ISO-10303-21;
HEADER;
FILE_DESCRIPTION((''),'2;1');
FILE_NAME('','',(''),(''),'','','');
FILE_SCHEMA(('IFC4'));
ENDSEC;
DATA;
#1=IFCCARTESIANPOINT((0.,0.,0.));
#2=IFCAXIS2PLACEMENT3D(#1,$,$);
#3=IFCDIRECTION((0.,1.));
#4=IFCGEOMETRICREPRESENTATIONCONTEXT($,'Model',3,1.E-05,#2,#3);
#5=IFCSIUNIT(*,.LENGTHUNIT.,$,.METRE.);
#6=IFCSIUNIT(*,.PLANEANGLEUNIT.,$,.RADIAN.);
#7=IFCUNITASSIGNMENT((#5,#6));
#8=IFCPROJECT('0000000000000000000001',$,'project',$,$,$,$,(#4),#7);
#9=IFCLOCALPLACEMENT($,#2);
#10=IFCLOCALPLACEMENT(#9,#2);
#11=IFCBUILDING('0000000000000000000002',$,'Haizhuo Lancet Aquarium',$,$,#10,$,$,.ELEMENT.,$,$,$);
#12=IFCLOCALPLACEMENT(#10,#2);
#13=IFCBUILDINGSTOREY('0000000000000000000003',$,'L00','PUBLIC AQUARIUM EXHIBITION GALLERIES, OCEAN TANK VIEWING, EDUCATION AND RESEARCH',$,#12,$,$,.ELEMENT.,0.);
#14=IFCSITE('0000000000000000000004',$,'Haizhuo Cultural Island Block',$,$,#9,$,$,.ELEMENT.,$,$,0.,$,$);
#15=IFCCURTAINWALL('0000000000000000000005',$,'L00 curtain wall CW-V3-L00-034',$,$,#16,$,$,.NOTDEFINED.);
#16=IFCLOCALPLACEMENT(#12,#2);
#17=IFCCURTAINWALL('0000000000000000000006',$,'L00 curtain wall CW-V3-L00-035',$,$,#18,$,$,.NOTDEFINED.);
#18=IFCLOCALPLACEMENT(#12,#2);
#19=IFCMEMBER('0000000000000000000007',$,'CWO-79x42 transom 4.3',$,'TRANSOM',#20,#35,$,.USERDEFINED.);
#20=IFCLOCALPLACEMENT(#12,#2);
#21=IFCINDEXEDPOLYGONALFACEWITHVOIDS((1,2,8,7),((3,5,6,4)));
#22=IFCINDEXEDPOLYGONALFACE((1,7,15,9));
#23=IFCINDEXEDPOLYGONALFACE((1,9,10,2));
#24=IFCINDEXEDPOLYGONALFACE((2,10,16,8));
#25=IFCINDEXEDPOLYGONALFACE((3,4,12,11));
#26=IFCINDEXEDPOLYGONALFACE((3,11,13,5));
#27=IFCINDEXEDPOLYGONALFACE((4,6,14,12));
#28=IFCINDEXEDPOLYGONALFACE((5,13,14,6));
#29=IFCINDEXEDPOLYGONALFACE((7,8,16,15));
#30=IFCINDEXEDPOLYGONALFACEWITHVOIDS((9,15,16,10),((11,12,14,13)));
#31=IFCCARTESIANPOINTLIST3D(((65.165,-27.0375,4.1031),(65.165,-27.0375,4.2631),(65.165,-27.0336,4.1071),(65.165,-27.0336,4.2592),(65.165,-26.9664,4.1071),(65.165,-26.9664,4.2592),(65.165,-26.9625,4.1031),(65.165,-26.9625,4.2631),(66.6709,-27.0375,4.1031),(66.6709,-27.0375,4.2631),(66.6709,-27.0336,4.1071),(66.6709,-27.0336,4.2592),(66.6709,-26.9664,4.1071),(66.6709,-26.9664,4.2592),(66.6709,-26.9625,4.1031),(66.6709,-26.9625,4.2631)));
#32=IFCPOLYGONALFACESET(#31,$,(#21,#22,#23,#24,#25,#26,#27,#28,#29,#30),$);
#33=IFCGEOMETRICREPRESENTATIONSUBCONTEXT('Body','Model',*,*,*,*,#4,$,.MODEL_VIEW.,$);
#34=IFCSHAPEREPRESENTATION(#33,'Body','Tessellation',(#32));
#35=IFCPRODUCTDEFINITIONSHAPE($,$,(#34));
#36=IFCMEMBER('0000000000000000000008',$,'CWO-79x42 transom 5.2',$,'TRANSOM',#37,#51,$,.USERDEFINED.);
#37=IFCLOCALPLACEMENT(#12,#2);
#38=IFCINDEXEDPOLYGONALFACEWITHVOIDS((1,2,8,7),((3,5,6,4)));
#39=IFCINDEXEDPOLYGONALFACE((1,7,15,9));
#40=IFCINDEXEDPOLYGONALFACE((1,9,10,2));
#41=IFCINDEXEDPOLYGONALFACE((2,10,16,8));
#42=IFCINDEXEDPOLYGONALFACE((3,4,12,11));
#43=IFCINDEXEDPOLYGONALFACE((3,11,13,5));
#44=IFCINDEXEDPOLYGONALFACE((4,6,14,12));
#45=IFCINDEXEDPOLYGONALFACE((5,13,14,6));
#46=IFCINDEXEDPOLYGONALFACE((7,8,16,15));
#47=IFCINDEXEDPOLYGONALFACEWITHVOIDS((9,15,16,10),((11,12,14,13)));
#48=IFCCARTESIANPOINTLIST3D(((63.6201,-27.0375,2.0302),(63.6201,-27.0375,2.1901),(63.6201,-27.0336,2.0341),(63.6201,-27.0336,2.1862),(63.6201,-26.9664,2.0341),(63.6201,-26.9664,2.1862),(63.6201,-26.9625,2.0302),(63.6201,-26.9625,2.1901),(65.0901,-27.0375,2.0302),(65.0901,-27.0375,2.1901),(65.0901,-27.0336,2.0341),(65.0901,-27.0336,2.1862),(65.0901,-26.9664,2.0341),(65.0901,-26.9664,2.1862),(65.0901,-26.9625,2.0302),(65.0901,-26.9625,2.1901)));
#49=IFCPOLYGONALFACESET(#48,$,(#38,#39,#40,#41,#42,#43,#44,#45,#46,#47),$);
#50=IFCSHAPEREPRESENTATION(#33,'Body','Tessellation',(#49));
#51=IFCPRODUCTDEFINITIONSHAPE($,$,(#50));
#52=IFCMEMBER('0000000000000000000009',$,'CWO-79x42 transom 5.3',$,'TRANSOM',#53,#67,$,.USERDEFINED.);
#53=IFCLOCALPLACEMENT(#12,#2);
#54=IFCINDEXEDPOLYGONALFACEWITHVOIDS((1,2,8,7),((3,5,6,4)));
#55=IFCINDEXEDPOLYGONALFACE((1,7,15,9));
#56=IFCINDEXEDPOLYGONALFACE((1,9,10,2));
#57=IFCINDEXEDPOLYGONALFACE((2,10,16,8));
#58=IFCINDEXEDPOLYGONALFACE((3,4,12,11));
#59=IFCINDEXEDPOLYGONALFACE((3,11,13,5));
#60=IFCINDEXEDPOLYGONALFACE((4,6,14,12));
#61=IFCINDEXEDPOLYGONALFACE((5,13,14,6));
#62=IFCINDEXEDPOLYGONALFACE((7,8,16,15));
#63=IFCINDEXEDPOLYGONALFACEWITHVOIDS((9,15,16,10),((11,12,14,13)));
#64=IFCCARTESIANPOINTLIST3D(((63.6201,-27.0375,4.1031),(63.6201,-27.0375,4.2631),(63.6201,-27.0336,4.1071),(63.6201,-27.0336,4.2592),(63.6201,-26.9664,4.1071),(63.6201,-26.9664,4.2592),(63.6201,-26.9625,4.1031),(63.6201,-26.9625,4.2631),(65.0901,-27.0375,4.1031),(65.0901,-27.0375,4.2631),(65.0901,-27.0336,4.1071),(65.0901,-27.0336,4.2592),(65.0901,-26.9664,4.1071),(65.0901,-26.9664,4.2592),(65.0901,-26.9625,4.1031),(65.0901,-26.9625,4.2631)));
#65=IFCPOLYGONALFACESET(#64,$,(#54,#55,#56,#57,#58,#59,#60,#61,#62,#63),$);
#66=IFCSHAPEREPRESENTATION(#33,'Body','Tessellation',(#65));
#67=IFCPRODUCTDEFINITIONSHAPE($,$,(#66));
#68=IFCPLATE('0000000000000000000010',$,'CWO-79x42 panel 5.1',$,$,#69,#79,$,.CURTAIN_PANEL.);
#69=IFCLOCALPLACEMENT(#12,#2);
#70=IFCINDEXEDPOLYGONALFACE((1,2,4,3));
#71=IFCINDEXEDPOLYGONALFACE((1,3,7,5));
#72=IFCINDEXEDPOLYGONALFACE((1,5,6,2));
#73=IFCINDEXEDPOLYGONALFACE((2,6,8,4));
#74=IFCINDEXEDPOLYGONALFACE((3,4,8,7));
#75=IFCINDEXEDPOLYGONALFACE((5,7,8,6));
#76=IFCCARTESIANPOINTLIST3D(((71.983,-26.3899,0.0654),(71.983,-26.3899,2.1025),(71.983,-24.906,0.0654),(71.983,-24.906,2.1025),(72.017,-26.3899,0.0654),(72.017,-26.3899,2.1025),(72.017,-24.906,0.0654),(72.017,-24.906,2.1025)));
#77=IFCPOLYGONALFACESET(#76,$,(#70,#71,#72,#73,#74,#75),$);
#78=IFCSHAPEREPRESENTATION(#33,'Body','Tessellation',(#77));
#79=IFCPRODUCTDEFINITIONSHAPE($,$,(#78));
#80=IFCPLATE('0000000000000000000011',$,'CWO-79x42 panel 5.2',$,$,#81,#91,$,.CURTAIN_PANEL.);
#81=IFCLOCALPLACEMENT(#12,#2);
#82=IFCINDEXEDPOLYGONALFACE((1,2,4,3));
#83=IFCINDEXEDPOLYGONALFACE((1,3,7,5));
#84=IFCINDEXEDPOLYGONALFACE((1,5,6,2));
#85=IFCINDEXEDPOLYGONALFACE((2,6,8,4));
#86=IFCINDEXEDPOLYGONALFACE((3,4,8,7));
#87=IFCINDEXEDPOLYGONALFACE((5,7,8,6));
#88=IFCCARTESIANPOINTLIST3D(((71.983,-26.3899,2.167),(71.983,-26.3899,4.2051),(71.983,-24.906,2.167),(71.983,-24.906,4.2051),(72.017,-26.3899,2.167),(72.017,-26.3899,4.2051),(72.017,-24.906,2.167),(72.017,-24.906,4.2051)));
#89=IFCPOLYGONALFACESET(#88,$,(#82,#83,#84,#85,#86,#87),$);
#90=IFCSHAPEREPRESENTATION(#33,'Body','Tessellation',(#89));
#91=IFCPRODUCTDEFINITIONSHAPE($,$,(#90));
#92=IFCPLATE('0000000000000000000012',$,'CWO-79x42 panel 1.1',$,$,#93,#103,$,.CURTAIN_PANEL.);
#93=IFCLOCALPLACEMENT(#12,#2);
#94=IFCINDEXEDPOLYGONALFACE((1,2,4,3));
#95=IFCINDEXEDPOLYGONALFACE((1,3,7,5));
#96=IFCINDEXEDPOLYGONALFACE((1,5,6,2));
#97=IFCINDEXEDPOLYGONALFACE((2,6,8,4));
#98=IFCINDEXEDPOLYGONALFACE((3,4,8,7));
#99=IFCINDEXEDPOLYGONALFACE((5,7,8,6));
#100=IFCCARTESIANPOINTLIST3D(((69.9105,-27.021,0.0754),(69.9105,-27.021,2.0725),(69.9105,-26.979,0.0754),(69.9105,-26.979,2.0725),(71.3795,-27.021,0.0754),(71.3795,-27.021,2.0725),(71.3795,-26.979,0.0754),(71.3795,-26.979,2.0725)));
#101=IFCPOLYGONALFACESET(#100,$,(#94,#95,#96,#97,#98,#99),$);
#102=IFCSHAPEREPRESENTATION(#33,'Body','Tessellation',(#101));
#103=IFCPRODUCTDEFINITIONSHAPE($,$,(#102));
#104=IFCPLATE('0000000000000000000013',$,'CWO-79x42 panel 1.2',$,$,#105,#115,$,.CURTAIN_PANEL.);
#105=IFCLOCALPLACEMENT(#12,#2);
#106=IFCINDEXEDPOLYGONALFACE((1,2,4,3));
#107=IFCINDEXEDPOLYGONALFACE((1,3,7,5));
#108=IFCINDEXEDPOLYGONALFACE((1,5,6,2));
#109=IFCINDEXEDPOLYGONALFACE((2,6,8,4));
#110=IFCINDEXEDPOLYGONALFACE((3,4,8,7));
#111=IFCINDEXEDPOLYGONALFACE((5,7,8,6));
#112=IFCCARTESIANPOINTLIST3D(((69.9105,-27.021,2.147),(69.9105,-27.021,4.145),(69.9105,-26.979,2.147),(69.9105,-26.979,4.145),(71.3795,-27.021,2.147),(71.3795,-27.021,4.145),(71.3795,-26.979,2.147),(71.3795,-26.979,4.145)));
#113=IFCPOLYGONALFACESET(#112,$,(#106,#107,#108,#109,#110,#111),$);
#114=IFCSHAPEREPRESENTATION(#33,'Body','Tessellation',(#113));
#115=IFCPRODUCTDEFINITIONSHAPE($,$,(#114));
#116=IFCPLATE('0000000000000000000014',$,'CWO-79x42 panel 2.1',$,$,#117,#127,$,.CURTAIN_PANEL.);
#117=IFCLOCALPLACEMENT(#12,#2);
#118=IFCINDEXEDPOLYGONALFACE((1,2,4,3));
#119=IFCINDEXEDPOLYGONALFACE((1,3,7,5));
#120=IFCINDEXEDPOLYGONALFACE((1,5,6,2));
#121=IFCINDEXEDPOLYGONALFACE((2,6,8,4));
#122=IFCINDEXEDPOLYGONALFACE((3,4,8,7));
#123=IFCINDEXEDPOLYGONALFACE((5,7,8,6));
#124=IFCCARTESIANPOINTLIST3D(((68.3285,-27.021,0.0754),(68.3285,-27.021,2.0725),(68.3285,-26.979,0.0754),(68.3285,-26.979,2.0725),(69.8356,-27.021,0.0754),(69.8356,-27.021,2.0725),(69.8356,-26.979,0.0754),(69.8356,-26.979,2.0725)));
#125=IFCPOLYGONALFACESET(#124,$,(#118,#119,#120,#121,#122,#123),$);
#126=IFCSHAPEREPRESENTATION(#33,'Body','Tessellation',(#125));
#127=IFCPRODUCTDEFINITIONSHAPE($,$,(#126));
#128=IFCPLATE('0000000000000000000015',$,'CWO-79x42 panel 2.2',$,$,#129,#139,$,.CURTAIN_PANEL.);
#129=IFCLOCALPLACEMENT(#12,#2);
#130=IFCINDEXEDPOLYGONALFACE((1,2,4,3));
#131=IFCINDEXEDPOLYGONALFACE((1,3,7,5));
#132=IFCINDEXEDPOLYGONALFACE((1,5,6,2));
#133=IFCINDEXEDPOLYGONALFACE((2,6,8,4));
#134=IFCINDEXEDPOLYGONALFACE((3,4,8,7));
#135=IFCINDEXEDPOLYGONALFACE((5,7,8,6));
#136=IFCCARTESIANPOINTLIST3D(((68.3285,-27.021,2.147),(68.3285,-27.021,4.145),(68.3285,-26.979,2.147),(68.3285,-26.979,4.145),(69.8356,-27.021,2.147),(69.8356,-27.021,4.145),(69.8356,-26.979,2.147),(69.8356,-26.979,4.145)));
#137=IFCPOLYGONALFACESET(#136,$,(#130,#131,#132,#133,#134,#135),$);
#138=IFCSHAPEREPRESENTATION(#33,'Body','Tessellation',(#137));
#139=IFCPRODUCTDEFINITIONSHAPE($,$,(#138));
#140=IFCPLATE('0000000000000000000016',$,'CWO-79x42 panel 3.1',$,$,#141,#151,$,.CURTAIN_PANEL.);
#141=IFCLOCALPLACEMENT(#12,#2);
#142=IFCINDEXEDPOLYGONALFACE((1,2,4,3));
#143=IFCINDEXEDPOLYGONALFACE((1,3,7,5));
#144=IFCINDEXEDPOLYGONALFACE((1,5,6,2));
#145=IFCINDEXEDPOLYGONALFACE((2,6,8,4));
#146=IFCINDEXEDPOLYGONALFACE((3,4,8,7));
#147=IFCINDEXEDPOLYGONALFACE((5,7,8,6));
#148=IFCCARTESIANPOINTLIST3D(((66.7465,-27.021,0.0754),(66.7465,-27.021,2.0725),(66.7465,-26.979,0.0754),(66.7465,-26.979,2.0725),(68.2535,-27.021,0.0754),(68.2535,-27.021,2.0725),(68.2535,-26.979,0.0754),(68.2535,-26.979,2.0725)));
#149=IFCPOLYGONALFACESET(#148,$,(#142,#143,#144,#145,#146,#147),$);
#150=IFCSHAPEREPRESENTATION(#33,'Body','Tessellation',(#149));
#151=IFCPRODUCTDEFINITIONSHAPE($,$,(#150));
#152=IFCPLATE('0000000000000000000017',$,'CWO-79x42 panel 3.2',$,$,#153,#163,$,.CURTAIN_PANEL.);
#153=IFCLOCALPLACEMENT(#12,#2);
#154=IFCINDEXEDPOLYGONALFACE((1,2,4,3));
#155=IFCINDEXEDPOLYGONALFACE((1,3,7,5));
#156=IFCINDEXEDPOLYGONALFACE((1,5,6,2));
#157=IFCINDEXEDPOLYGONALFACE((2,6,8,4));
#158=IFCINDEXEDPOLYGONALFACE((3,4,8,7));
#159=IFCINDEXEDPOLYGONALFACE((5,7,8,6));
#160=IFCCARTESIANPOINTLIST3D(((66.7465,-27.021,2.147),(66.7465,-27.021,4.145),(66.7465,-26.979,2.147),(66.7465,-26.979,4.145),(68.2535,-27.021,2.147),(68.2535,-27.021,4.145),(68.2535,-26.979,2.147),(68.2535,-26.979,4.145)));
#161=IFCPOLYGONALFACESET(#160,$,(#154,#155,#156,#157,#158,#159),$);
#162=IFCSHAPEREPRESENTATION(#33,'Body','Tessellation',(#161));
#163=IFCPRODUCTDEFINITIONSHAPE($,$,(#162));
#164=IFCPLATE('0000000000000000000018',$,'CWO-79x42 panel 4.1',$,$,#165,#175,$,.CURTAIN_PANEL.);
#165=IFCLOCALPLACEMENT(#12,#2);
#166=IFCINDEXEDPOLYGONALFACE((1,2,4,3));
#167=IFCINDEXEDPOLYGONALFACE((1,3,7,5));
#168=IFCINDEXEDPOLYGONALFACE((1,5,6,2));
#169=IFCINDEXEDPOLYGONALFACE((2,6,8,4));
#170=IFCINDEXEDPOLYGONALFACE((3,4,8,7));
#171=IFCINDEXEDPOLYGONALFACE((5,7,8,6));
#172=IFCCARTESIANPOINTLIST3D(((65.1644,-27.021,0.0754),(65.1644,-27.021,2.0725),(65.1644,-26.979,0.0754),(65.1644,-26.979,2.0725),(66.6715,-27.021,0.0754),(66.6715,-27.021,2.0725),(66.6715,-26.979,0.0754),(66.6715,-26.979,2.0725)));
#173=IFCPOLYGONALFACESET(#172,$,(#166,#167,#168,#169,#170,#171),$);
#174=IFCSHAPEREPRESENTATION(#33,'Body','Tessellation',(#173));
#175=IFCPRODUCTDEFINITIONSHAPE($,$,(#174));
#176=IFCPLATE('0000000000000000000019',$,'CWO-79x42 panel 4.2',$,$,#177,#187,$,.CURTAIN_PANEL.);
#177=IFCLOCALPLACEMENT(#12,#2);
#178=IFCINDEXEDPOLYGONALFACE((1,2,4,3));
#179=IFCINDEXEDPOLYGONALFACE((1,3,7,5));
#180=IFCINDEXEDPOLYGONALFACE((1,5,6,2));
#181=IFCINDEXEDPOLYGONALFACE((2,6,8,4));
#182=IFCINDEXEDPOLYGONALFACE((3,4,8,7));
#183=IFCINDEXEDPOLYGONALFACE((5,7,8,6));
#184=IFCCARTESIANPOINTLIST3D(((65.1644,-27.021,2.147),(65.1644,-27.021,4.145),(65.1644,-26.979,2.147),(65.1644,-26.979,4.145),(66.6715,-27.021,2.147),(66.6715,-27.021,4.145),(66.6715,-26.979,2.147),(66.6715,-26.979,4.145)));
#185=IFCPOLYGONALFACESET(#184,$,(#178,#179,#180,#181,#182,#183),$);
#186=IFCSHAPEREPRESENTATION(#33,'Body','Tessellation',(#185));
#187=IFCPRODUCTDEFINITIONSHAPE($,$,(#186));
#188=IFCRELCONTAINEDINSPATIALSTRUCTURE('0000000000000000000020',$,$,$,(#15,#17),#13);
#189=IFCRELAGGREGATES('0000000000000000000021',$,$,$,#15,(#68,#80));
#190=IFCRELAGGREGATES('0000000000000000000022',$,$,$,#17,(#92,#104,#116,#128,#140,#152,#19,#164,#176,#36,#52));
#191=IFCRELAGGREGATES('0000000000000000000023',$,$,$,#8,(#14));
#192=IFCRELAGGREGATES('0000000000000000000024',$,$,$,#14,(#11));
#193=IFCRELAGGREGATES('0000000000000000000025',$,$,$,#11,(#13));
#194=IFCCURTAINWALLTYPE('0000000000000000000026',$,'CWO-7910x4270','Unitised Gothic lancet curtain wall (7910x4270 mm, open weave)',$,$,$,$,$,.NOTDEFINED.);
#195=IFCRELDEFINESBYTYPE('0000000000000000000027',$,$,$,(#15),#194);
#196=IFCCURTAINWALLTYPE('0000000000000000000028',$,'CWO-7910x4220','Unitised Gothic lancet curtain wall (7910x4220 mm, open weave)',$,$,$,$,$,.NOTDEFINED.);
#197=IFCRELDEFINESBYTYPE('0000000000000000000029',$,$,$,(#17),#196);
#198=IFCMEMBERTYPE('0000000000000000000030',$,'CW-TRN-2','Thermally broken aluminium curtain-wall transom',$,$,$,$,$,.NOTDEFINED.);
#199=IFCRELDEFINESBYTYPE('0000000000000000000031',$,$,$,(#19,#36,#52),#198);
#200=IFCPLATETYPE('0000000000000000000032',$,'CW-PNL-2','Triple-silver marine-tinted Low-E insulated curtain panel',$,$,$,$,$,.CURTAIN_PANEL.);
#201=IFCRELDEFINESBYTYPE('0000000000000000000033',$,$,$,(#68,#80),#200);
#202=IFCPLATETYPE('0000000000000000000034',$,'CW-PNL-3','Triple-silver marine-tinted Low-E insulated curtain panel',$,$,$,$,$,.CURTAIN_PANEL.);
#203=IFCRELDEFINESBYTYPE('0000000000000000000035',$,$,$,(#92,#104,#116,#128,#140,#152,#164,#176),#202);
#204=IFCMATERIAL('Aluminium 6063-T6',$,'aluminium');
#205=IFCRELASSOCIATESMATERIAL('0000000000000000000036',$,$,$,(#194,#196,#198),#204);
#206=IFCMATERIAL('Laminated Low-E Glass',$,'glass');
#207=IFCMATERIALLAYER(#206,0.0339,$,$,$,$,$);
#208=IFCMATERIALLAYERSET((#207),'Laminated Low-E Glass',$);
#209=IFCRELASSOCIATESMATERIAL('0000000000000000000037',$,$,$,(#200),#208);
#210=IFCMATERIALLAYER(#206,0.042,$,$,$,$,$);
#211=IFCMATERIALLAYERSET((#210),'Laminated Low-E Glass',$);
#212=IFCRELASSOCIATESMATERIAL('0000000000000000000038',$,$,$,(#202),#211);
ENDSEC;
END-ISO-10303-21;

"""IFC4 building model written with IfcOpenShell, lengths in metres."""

from ifc_helpers import new_model, si_unit, direction, frame, origin, origin_2d, place, context, subcontext, project, spatial, rectangle, hollow_rectangle, extrude, material, layer, layer_set, material_profile, profile_set, type_object, element, aggregate, save


model = new_model("IFC4")

# Units and contexts
model_context = context("Model", 3, precision=1e-05, world=origin(), true_north=direction((0.0, 1.0)))
body_context = subcontext(model_context, "Body", "Model", "MODEL_VIEW")
ifc_project = project(units=[si_unit("LENGTHUNIT", "METRE"), si_unit("PLANEANGLEUNIT", "RADIAN")], contexts=[model_context])

# Site, building, storey
site_placement = place(None, origin())
site = spatial("IfcSite", under=ifc_project, at=site_placement, Name="Haizhuo Cultural Island Block", CompositionType="ELEMENT", RefElevation=0.0)
building_placement = place(site_placement, origin())
building = spatial("IfcBuilding", under=site, at=building_placement, Name="Haizhuo Lancet Aquarium", CompositionType="ELEMENT")
storey_placement = place(building_placement, origin())
storey = spatial("IfcBuildingStorey", under=building, at=storey_placement, Name="L00", Description="PUBLIC AQUARIUM EXHIBITION GALLERIES, OCEAN TANK VIEWING, EDUCATION AND RESEARCH", CompositionType="ELEMENT", Elevation=0.0)

# Curtain wall
ifc_material_1 = material(Name="Aluminium 6063-T6", Category="aluminium")
curtain_wall_type_1 = type_object("IfcCurtainWallType", Name="CWO-7910x4270", Description="Unitised Gothic lancet curtain wall (7910x4270 mm, open weave)", PredefinedType="NOTDEFINED", material=ifc_material_1)
curtain_wall_1_placement = place(storey_placement, origin())
curtain_wall_1 = element("IfcCurtainWall", 1, at=curtain_wall_1_placement, inside=storey, type_object=curtain_wall_type_1, Name="L00 curtain wall CW-V3-L00-034", PredefinedType="NOTDEFINED")

# Curtain wall
curtain_wall_type_2 = type_object("IfcCurtainWallType", Name="CWO-7910x4220", Description="Unitised Gothic lancet curtain wall (7910x4220 mm, open weave)", PredefinedType="NOTDEFINED", material=ifc_material_1)
curtain_wall_2_placement = place(storey_placement, origin())
curtain_wall_2 = element("IfcCurtainWall", 2, at=curtain_wall_2_placement, inside=storey, type_object=curtain_wall_type_2, Name="L00 curtain wall CW-V3-L00-035", PredefinedType="NOTDEFINED")

# Members
ifc_material_profile_1 = material_profile(ifc_material_1, hollow_rectangle(XDim=0.075, YDim=0.1599, WallThickness=0.0039, at=origin_2d()), Name="ALU-T 75x160x4")
ifc_profile_set_1 = profile_set([ifc_material_profile_1], Name="Aluminium 6063-T6")
member_type_1 = type_object("IfcMemberType", Name="CW-TRN-2", Description="Thermally broken aluminium curtain-wall transom", PredefinedType="NOTDEFINED", material=ifc_profile_set_1)
member_1_placement = place(storey_placement, frame((66.6709, -27.0, 4.1831), z_axis=(-1.0, 0.0, 0.0), x_axis=(0.0, -1.0, 0.0)))
member_1 = element("IfcMember", 3, at=member_1_placement, type_object=member_type_1, Name="CWO-79x42 transom 4.3", ObjectType="TRANSOM", PredefinedType="USERDEFINED", context=body_context, shape_type="SweptSolid", body=[
    extrude(hollow_rectangle(XDim=0.075, YDim=0.1599, WallThickness=0.0039, at=origin_2d()), origin(), (0.0, 0.0, 1.0), 1.5059),
])
member_2_placement = place(storey_placement, frame((65.0901, -27.0, 2.1101), z_axis=(-1.0, 0.0, 0.0), x_axis=(0.0, -1.0, 0.0)))
member_2 = element("IfcMember", 4, at=member_2_placement, type_object=member_type_1, Name="CWO-79x42 transom 5.2", ObjectType="TRANSOM", PredefinedType="USERDEFINED", context=body_context, shape_type="SweptSolid", body=[
    extrude(hollow_rectangle(XDim=0.075, YDim=0.1599, WallThickness=0.0039, at=origin_2d()), origin(), (0.0, 0.0, 1.0), 1.47),
])
member_3_placement = place(storey_placement, frame((65.0901, -27.0, 4.1831), z_axis=(-1.0, 0.0, 0.0), x_axis=(0.0, -1.0, 0.0)))
member_3 = element("IfcMember", 5, at=member_3_placement, type_object=member_type_1, Name="CWO-79x42 transom 5.3", ObjectType="TRANSOM", PredefinedType="USERDEFINED", context=body_context, shape_type="SweptSolid", body=[
    extrude(hollow_rectangle(XDim=0.075, YDim=0.1599, WallThickness=0.0039, at=origin_2d()), origin(), (0.0, 0.0, 1.0), 1.47),
])

# Plates
ifc_material_2 = material(Name="Laminated Low-E Glass", Category="glass")
ifc_layer_1 = layer(ifc_material_2, 0.0339)
ifc_layer_set_1 = layer_set([ifc_layer_1], Name="Laminated Low-E Glass")
plate_type_1 = type_object("IfcPlateType", Name="CW-PNL-2", Description="Triple-silver marine-tinted Low-E insulated curtain panel", PredefinedType="CURTAIN_PANEL", material=ifc_layer_set_1)
plate_1_placement = place(storey_placement, frame((72.0, -25.6479, 0.0654), z_axis=(0.0, 0.0, 1.0), x_axis=(0.0, -1.0, 0.0)))
plate_1 = element("IfcPlate", 6, at=plate_1_placement, type_object=plate_type_1, Name="CWO-79x42 panel 5.1", PredefinedType="CURTAIN_PANEL", context=body_context, shape_type="SweptSolid", body=[
    extrude(rectangle(XDim=1.4839, YDim=0.0339, at=origin_2d()), origin(), (0.0, 0.0, 1.0), 2.0371),
])
plate_2_placement = place(storey_placement, frame((72.0, -25.6479, 2.167), z_axis=(0.0, 0.0, 1.0), x_axis=(0.0, -1.0, 0.0)))
plate_2 = element("IfcPlate", 7, at=plate_2_placement, type_object=plate_type_1, Name="CWO-79x42 panel 5.2", PredefinedType="CURTAIN_PANEL", context=body_context, shape_type="SweptSolid", body=[
    extrude(rectangle(XDim=1.4839, YDim=0.0339, at=origin_2d()), origin(), (0.0, 0.0, 1.0), 2.0381),
])
aggregate(curtain_wall_1, [plate_1, plate_2])
ifc_layer_2 = layer(ifc_material_2, 0.042)
ifc_layer_set_2 = layer_set([ifc_layer_2], Name="Laminated Low-E Glass")
plate_type_2 = type_object("IfcPlateType", Name="CW-PNL-3", Description="Triple-silver marine-tinted Low-E insulated curtain panel", PredefinedType="CURTAIN_PANEL", material=ifc_layer_set_2)
plate_3_placement = place(storey_placement, frame((70.645, -27.0, 0.0754), z_axis=(0.0, 0.0, 1.0), x_axis=(-1.0, 0.0, 0.0)))
plate_3 = element("IfcPlate", 8, at=plate_3_placement, type_object=plate_type_2, Name="CWO-79x42 panel 1.1", PredefinedType="CURTAIN_PANEL", context=body_context, shape_type="SweptSolid", body=[
    extrude(rectangle(XDim=1.469, YDim=0.042, at=origin_2d()), origin(), (0.0, 0.0, 1.0), 1.9971),
])
plate_4_placement = place(storey_placement, frame((70.645, -27.0, 2.147), z_axis=(0.0, 0.0, 1.0), x_axis=(-1.0, 0.0, 0.0)))
plate_4 = element("IfcPlate", 9, at=plate_4_placement, type_object=plate_type_2, Name="CWO-79x42 panel 1.2", PredefinedType="CURTAIN_PANEL", context=body_context, shape_type="SweptSolid", body=[
    extrude(rectangle(XDim=1.469, YDim=0.042, at=origin_2d()), origin(), (0.0, 0.0, 1.0), 1.998),
])
plate_5_placement = place(storey_placement, frame((69.082, -27.0, 0.0754), z_axis=(0.0, 0.0, 1.0), x_axis=(-1.0, 0.0, 0.0)))
plate_5 = element("IfcPlate", 10, at=plate_5_placement, type_object=plate_type_2, Name="CWO-79x42 panel 2.1", PredefinedType="CURTAIN_PANEL", context=body_context, shape_type="SweptSolid", body=[
    extrude(rectangle(XDim=1.5071, YDim=0.042, at=origin_2d()), origin(), (0.0, 0.0, 1.0), 1.9971),
])
plate_6_placement = place(storey_placement, frame((69.082, -27.0, 2.147), z_axis=(0.0, 0.0, 1.0), x_axis=(-1.0, 0.0, 0.0)))
plate_6 = element("IfcPlate", 11, at=plate_6_placement, type_object=plate_type_2, Name="CWO-79x42 panel 2.2", PredefinedType="CURTAIN_PANEL", context=body_context, shape_type="SweptSolid", body=[
    extrude(rectangle(XDim=1.5071, YDim=0.042, at=origin_2d()), origin(), (0.0, 0.0, 1.0), 1.998),
])
plate_7_placement = place(storey_placement, frame((67.5, -27.0, 0.0754), z_axis=(0.0, 0.0, 1.0), x_axis=(-1.0, 0.0, 0.0)))
plate_7 = element("IfcPlate", 12, at=plate_7_placement, type_object=plate_type_2, Name="CWO-79x42 panel 3.1", PredefinedType="CURTAIN_PANEL", context=body_context, shape_type="SweptSolid", body=[
    extrude(rectangle(XDim=1.5071, YDim=0.042, at=origin_2d()), origin(), (0.0, 0.0, 1.0), 1.9971),
])
plate_8_placement = place(storey_placement, frame((67.5, -27.0, 2.147), z_axis=(0.0, 0.0, 1.0), x_axis=(-1.0, 0.0, 0.0)))
plate_8 = element("IfcPlate", 13, at=plate_8_placement, type_object=plate_type_2, Name="CWO-79x42 panel 3.2", PredefinedType="CURTAIN_PANEL", context=body_context, shape_type="SweptSolid", body=[
    extrude(rectangle(XDim=1.5071, YDim=0.042, at=origin_2d()), origin(), (0.0, 0.0, 1.0), 1.998),
])
plate_9_placement = place(storey_placement, frame((65.918, -27.0, 0.0754), z_axis=(0.0, 0.0, 1.0), x_axis=(-1.0, 0.0, 0.0)))
plate_9 = element("IfcPlate", 14, at=plate_9_placement, type_object=plate_type_2, Name="CWO-79x42 panel 4.1", PredefinedType="CURTAIN_PANEL", context=body_context, shape_type="SweptSolid", body=[
    extrude(rectangle(XDim=1.5071, YDim=0.042, at=origin_2d()), origin(), (0.0, 0.0, 1.0), 1.9971),
])
plate_10_placement = place(storey_placement, frame((65.918, -27.0, 2.147), z_axis=(0.0, 0.0, 1.0), x_axis=(-1.0, 0.0, 0.0)))
plate_10 = element("IfcPlate", 15, at=plate_10_placement, type_object=plate_type_2, Name="CWO-79x42 panel 4.2", PredefinedType="CURTAIN_PANEL", context=body_context, shape_type="SweptSolid", body=[
    extrude(rectangle(XDim=1.5071, YDim=0.042, at=origin_2d()), origin(), (0.0, 0.0, 1.0), 1.998),
])
aggregate(curtain_wall_2, [plate_3, plate_4, plate_5, plate_6, plate_7, plate_8, member_1, plate_9, plate_10, member_2, member_3])

save(model, "model.ifc")
